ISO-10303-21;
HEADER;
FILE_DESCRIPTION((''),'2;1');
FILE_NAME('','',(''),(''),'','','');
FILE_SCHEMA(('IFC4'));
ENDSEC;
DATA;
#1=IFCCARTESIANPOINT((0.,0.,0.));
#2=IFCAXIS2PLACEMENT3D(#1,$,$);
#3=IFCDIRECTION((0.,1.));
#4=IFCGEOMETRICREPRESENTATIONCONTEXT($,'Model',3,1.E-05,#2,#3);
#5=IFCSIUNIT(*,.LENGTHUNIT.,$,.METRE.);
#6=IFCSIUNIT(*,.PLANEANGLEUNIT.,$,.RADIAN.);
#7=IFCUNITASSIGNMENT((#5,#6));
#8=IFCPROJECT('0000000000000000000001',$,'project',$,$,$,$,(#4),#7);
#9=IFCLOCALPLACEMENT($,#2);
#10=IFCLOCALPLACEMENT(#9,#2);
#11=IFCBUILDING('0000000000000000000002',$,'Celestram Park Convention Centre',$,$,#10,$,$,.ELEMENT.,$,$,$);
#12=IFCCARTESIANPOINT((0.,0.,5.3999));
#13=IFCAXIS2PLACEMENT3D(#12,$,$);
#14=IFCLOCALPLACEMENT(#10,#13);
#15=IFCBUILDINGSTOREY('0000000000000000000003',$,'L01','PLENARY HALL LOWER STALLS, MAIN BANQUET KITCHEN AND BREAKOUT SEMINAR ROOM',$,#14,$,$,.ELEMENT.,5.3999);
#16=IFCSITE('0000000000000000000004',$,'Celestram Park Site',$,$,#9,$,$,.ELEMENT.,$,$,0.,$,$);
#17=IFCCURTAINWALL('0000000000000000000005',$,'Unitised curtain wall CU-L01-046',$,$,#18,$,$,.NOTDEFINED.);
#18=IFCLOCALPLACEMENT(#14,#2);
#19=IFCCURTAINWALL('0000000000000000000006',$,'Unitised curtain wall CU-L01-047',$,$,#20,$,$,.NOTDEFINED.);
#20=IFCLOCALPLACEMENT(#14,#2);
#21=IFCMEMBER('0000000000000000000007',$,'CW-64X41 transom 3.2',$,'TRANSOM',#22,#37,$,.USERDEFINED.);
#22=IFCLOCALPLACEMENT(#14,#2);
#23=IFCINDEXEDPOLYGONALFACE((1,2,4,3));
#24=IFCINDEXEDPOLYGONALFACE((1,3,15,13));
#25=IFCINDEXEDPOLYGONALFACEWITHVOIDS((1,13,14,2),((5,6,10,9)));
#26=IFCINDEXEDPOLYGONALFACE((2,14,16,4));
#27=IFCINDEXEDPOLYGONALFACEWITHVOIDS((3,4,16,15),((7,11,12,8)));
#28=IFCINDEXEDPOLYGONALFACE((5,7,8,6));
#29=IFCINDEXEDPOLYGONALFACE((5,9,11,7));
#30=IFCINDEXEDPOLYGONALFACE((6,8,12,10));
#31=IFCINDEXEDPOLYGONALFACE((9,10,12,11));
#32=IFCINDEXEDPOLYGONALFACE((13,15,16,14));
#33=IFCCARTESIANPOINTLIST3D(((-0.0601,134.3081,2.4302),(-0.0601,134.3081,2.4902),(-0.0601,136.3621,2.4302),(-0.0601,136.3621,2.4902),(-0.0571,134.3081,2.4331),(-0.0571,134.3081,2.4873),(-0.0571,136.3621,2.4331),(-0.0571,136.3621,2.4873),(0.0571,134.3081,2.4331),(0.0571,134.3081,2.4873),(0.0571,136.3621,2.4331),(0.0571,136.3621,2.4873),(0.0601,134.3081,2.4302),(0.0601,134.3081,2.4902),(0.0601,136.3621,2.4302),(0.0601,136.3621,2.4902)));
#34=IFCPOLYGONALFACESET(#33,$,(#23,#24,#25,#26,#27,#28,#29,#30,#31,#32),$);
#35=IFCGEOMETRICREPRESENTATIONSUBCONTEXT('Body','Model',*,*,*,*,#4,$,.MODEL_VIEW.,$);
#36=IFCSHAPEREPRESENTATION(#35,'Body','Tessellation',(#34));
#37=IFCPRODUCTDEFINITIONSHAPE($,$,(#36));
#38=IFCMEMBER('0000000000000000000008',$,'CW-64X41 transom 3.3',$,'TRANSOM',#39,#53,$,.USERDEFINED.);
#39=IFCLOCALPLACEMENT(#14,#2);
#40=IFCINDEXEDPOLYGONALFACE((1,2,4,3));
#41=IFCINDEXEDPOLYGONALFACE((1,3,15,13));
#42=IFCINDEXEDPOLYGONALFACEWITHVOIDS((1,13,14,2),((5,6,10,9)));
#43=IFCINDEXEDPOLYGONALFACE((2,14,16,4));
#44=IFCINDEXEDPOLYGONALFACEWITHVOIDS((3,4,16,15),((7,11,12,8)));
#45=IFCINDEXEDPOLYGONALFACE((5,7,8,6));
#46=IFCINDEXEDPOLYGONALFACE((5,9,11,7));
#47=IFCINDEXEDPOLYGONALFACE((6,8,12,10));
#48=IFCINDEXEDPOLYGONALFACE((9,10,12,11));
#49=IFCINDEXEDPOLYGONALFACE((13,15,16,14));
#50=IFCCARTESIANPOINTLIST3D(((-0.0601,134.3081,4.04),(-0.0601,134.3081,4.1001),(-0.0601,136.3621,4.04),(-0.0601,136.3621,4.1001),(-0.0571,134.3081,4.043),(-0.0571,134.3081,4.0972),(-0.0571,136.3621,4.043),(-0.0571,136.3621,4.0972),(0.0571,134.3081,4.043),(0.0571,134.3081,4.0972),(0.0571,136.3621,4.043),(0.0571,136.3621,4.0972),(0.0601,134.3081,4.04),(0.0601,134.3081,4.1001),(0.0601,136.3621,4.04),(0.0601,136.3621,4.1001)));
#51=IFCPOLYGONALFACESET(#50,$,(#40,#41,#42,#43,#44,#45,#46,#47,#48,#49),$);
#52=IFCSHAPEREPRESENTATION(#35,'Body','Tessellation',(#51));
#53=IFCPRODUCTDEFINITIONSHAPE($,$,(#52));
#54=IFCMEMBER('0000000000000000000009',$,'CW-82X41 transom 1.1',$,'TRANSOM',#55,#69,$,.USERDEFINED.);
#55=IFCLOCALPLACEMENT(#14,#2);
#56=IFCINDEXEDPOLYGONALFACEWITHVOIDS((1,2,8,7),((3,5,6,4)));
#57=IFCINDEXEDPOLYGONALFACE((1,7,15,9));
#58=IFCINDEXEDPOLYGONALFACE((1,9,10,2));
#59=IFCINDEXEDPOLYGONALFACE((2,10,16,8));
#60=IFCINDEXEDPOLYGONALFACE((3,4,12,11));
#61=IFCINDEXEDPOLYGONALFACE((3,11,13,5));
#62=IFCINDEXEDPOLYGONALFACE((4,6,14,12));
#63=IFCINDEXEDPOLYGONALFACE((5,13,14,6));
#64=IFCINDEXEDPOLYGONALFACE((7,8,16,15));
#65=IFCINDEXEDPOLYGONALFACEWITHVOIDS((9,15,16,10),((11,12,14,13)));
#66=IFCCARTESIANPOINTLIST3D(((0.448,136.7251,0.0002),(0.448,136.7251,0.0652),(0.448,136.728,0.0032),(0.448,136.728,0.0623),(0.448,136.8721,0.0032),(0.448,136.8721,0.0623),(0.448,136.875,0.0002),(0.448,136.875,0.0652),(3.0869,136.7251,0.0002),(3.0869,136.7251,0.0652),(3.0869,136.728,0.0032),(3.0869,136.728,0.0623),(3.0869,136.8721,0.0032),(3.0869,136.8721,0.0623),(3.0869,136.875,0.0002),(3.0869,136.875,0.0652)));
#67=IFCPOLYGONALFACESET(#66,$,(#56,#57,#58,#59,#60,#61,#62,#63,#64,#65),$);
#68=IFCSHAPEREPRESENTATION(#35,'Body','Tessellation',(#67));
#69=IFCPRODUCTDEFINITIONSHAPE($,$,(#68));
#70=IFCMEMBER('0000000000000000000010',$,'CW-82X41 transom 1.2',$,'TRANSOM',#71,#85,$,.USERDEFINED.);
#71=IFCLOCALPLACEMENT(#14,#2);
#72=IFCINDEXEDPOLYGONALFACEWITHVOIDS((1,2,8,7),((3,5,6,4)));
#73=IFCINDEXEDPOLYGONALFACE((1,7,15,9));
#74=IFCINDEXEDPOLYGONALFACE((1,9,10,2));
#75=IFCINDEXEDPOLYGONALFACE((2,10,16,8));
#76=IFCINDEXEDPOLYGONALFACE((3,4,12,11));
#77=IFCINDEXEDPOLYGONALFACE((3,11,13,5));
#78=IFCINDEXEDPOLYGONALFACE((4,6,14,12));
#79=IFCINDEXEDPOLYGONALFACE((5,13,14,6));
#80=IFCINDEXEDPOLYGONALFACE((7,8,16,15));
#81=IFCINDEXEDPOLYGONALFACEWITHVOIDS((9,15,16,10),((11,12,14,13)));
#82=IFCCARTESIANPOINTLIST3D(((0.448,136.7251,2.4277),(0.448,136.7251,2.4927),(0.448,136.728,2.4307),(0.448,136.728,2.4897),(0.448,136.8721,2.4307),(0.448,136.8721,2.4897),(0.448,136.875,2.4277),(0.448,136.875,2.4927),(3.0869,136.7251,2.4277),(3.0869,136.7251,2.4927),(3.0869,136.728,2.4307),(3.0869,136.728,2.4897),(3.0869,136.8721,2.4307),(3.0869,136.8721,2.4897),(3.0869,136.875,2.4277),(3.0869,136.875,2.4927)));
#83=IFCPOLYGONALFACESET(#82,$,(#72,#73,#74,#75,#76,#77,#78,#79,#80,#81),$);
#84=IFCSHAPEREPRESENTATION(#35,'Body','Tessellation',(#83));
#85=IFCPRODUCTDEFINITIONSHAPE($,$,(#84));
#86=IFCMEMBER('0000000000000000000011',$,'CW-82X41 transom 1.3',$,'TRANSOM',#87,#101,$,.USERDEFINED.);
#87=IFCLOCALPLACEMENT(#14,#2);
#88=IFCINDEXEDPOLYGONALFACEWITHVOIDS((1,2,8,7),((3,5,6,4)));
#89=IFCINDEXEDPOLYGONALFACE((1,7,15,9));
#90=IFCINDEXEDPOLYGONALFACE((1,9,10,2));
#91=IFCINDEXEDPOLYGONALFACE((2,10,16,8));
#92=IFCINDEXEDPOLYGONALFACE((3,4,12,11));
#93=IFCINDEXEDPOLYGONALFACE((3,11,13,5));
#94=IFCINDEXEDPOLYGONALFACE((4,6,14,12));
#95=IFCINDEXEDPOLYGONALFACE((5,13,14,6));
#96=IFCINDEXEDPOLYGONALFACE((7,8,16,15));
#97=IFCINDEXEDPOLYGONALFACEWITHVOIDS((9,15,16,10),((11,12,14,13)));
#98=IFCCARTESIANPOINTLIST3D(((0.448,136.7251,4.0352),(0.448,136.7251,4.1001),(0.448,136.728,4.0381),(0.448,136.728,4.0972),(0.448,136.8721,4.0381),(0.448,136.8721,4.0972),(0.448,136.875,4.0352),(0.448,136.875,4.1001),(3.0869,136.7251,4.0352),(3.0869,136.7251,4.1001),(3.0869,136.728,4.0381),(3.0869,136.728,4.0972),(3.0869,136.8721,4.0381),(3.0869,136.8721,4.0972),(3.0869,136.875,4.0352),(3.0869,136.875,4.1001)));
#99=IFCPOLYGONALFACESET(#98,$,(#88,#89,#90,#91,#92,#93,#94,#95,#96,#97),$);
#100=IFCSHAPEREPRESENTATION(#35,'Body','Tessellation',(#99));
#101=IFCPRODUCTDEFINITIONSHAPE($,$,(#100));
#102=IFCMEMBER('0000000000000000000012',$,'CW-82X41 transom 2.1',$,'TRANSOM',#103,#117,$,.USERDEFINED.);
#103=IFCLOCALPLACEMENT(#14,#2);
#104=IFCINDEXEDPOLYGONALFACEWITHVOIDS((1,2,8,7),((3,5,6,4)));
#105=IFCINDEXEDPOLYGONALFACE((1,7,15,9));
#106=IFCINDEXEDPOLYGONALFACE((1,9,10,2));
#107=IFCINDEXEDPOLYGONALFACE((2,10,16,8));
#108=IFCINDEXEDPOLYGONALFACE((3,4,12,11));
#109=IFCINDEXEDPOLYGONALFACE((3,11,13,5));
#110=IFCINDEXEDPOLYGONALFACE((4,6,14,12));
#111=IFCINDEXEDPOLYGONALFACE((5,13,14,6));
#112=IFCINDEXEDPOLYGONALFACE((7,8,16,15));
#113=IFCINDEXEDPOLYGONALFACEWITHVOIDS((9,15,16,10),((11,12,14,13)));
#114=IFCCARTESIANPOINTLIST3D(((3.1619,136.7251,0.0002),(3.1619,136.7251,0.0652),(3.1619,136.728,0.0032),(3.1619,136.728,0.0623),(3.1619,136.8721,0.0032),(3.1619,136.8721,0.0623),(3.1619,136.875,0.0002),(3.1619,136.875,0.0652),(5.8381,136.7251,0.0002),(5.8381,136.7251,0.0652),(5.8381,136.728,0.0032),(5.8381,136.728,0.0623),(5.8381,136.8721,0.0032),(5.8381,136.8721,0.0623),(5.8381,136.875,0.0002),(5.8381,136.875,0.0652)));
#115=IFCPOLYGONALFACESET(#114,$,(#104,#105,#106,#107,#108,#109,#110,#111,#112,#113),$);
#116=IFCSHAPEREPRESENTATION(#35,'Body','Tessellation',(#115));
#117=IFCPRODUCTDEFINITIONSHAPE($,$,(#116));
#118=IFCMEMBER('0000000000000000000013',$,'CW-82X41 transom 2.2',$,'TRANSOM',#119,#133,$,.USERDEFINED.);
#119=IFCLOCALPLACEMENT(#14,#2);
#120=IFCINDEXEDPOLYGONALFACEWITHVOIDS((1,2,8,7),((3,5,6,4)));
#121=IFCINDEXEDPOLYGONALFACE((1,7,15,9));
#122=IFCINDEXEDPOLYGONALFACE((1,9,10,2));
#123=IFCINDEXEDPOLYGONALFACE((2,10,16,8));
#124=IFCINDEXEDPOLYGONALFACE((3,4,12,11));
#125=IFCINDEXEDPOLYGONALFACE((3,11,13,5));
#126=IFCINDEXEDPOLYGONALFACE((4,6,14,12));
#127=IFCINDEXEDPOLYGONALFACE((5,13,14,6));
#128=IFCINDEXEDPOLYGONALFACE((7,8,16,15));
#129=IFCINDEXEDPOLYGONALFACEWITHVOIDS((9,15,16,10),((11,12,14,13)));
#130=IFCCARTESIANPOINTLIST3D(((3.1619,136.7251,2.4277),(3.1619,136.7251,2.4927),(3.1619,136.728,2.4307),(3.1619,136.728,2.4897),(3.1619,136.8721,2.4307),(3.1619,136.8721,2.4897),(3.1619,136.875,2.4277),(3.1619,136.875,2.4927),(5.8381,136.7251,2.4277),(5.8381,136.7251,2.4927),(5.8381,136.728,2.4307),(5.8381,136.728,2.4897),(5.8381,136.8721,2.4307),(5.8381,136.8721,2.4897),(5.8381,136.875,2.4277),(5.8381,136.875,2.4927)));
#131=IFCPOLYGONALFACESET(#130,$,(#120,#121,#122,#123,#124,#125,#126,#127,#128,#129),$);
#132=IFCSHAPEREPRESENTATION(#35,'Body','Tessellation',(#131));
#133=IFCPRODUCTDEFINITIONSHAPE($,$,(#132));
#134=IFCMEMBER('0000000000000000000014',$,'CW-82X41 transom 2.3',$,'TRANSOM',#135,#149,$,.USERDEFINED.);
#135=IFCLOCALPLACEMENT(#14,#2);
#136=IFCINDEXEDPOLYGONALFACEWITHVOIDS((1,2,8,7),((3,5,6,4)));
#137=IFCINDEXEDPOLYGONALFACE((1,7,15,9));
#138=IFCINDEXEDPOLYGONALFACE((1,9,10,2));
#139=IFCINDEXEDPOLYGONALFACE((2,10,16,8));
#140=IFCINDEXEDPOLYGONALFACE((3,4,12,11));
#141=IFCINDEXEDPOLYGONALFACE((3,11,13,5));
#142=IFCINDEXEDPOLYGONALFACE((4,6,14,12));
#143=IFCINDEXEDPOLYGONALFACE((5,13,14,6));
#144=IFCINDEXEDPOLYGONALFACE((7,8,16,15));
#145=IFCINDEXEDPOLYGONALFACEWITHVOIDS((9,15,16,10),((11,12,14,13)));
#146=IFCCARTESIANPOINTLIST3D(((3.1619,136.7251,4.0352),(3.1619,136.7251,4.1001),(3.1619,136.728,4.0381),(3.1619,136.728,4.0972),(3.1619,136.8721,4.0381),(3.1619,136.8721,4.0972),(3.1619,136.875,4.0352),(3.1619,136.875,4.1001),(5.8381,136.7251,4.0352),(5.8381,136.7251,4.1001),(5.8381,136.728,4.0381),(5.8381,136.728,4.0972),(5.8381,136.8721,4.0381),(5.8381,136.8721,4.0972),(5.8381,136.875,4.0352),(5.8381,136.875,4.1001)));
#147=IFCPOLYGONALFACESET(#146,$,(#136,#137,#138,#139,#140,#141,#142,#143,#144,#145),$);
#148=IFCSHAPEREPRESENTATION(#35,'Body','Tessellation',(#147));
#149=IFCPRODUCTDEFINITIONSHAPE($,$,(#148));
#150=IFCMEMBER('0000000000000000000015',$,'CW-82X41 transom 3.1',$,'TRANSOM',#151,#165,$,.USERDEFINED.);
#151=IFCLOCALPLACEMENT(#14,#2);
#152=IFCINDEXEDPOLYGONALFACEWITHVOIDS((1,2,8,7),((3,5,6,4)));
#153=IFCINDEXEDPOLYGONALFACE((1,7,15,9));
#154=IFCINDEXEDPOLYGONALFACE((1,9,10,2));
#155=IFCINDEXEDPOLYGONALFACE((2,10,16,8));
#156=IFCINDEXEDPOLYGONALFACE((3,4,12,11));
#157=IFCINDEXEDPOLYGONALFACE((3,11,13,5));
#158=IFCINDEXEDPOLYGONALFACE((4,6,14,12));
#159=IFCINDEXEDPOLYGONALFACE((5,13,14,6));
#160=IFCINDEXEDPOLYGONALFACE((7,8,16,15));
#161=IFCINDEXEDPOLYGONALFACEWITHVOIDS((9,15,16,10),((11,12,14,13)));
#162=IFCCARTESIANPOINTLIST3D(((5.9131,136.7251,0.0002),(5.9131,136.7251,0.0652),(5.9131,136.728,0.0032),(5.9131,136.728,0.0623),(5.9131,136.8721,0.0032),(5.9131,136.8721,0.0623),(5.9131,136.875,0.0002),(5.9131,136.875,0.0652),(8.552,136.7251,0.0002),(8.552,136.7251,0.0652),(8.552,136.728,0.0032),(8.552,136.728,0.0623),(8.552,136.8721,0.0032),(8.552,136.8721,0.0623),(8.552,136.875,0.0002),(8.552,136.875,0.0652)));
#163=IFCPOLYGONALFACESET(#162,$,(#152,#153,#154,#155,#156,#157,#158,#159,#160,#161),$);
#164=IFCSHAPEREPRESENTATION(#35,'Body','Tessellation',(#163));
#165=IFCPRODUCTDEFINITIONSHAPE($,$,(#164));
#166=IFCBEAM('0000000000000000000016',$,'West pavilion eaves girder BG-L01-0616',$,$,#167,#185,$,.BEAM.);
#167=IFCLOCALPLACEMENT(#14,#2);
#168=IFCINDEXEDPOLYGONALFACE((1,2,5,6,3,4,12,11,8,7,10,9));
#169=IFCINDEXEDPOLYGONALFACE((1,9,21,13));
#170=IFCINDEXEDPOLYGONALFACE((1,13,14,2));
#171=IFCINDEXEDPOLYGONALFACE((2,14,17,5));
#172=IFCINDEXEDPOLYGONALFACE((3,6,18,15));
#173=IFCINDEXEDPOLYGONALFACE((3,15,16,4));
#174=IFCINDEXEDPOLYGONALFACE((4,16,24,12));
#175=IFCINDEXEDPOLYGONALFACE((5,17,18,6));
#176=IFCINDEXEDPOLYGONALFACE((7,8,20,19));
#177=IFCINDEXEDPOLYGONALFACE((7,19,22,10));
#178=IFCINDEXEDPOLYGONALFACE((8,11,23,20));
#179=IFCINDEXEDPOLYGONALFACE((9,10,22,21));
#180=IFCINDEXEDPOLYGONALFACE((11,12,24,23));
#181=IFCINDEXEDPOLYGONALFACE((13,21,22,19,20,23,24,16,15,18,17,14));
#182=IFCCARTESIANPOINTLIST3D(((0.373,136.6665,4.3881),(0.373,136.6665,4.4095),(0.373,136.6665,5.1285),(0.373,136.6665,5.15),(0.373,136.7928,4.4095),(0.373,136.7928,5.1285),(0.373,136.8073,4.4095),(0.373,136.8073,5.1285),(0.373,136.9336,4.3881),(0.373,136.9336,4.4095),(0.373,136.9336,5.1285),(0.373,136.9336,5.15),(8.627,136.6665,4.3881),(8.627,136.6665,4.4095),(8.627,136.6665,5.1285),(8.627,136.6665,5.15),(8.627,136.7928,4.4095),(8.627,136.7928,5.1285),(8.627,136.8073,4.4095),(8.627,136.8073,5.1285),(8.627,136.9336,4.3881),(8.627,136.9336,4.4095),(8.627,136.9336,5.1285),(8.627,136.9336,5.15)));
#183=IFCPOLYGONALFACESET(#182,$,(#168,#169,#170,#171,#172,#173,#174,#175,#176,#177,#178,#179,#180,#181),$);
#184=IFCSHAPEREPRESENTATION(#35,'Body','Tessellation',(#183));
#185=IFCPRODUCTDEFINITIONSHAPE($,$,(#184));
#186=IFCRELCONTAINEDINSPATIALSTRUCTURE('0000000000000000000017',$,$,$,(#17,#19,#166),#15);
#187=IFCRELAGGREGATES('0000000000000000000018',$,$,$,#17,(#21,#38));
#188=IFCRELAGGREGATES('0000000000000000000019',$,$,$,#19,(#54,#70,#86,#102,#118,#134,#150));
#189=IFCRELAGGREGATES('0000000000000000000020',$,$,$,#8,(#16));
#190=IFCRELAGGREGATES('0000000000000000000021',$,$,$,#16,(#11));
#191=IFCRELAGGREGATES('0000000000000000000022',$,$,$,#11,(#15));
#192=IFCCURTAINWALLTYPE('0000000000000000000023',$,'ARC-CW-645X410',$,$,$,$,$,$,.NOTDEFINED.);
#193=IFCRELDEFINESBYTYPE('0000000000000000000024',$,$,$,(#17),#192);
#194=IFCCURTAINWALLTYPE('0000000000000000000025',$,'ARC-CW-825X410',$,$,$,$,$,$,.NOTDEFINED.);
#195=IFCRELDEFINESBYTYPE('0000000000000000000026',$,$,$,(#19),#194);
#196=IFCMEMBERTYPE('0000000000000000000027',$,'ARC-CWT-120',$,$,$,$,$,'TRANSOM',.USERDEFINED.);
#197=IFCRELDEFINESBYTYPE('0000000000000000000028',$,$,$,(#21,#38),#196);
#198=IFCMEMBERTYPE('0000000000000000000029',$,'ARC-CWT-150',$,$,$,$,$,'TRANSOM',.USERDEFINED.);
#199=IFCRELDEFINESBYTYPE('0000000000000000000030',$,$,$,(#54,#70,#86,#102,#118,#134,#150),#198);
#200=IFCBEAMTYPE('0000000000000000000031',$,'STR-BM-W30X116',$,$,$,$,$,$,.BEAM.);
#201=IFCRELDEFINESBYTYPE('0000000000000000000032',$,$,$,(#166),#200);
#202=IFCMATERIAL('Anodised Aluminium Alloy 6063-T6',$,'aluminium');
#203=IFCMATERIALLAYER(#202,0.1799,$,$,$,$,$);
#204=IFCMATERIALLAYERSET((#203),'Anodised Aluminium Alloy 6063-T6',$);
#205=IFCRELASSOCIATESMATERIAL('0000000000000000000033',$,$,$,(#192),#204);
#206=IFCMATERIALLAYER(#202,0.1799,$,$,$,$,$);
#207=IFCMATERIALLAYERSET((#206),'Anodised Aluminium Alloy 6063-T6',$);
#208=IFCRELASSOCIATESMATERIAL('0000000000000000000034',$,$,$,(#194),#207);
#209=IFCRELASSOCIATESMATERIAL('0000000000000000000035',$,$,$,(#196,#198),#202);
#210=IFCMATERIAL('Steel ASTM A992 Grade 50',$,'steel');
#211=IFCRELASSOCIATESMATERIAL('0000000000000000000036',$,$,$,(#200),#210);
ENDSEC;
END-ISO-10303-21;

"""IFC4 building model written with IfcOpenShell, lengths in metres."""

from ifc_helpers import new_model, si_unit, direction, frame, origin, origin_2d, place, context, subcontext, project, spatial, hollow_rectangle, i_section, extrude, material, layer, layer_set, material_profile, profile_set, type_object, element, aggregate, save


model = new_model("IFC4")

# Units and contexts
model_context = context("Model", 3, precision=1e-05, world=origin(), true_north=direction((0.0, 1.0)))
body_context = subcontext(model_context, "Body", "Model", "MODEL_VIEW")
ifc_project = project(units=[si_unit("LENGTHUNIT", "METRE"), si_unit("PLANEANGLEUNIT", "RADIAN")], contexts=[model_context])

# Site, building, storey
site_placement = place(None, origin())
site = spatial("IfcSite", under=ifc_project, at=site_placement, Name="Celestram Park Site", CompositionType="ELEMENT", RefElevation=0.0)
building_placement = place(site_placement, origin())
building = spatial("IfcBuilding", under=site, at=building_placement, Name="Celestram Park Convention Centre", CompositionType="ELEMENT")
storey_placement = place(building_placement, frame((0.0, 0.0, 5.3999)))
storey = spatial("IfcBuildingStorey", under=building, at=storey_placement, Name="L01", Description="PLENARY HALL LOWER STALLS, MAIN BANQUET KITCHEN AND BREAKOUT SEMINAR ROOM", CompositionType="ELEMENT", Elevation=5.3999)

# Curtain walls
ifc_material_1 = material(Name="Anodised Aluminium Alloy 6063-T6", Category="aluminium")
ifc_layer_1 = layer(ifc_material_1, 0.1799)
ifc_layer_set_1 = layer_set([ifc_layer_1], Name="Anodised Aluminium Alloy 6063-T6")
curtain_wall_type_1 = type_object("IfcCurtainWallType", Name="ARC-CW-645X410", PredefinedType="NOTDEFINED", material=ifc_layer_set_1)
curtain_wall_1_placement = place(storey_placement, origin())
curtain_wall_1 = element("IfcCurtainWall", 1, at=curtain_wall_1_placement, inside=storey, type_object=curtain_wall_type_1, Name="Unitised curtain wall CU-L01-046", PredefinedType="NOTDEFINED")
ifc_layer_2 = layer(ifc_material_1, 0.1799)
ifc_layer_set_2 = layer_set([ifc_layer_2], Name="Anodised Aluminium Alloy 6063-T6")
curtain_wall_type_2 = type_object("IfcCurtainWallType", Name="ARC-CW-825X410", PredefinedType="NOTDEFINED", material=ifc_layer_set_2)
curtain_wall_2_placement = place(storey_placement, origin())
curtain_wall_2 = element("IfcCurtainWall", 2, at=curtain_wall_2_placement, inside=storey, type_object=curtain_wall_type_2, Name="Unitised curtain wall CU-L01-047", PredefinedType="NOTDEFINED")

# Members
ifc_material_profile_1 = material_profile(ifc_material_1, hollow_rectangle(XDim=0.1201, YDim=0.0601, WallThickness=0.0029, at=origin_2d()), Name="ALU120X60X3")
ifc_profile_set_1 = profile_set([ifc_material_profile_1], Name="Anodised Aluminium Alloy 6063-T6")
member_type_1 = type_object("IfcMemberType", Name="ARC-CWT-120", ElementType="TRANSOM", PredefinedType="USERDEFINED", material=ifc_profile_set_1)
member_1_placement = place(storey_placement, frame((0.0, 134.3081, 2.4602), z_axis=(0.0, 1.0, 0.0), x_axis=(-1.0, 0.0, 0.0)))
member_1 = element("IfcMember", 3, at=member_1_placement, type_object=member_type_1, Name="CW-64X41 transom 3.2", ObjectType="TRANSOM", PredefinedType="USERDEFINED", context=body_context, shape_type="SweptSolid", body=[
    extrude(hollow_rectangle(XDim=0.1201, YDim=0.0601, WallThickness=0.0029, at=origin_2d()), origin(), (0.0, 0.0, 1.0), 2.054),
])
member_2_placement = place(storey_placement, frame((0.0, 134.3081, 4.0701), z_axis=(0.0, 1.0, 0.0), x_axis=(-1.0, 0.0, 0.0)))
member_2 = element("IfcMember", 4, at=member_2_placement, type_object=member_type_1, Name="CW-64X41 transom 3.3", ObjectType="TRANSOM", PredefinedType="USERDEFINED", context=body_context, shape_type="SweptSolid", body=[
    extrude(hollow_rectangle(XDim=0.1201, YDim=0.0601, WallThickness=0.0029, at=origin_2d()), origin(), (0.0, 0.0, 1.0), 2.054),
])
ifc_material_profile_2 = material_profile(ifc_material_1, hollow_rectangle(XDim=0.1499, YDim=0.0649, WallThickness=0.0029, at=origin_2d()), Name="ALU150X65X3")
ifc_profile_set_2 = profile_set([ifc_material_profile_2], Name="Anodised Aluminium Alloy 6063-T6")
member_type_2 = type_object("IfcMemberType", Name="ARC-CWT-150", ElementType="TRANSOM", PredefinedType="USERDEFINED", material=ifc_profile_set_2)
member_3_placement = place(storey_placement, frame((0.448, 136.8, 0.0327), z_axis=(1.0, 0.0, 0.0), x_axis=(0.0, 1.0, 0.0)))
member_3 = element("IfcMember", 5, at=member_3_placement, type_object=member_type_2, Name="CW-82X41 transom 1.1", ObjectType="TRANSOM", PredefinedType="USERDEFINED", context=body_context, shape_type="SweptSolid", body=[
    extrude(hollow_rectangle(XDim=0.1499, YDim=0.0649, WallThickness=0.0029, at=origin_2d()), origin(), (0.0, 0.0, 1.0), 2.6389),
])
member_4_placement = place(storey_placement, frame((0.448, 136.8, 2.4602), z_axis=(1.0, 0.0, 0.0), x_axis=(0.0, 1.0, 0.0)))
member_4 = element("IfcMember", 6, at=member_4_placement, type_object=member_type_2, Name="CW-82X41 transom 1.2", ObjectType="TRANSOM", PredefinedType="USERDEFINED", context=body_context, shape_type="SweptSolid", body=[
    extrude(hollow_rectangle(XDim=0.1499, YDim=0.0649, WallThickness=0.0029, at=origin_2d()), origin(), (0.0, 0.0, 1.0), 2.6389),
])
member_5_placement = place(storey_placement, frame((0.448, 136.8, 4.0676), z_axis=(1.0, 0.0, 0.0), x_axis=(0.0, 1.0, 0.0)))
member_5 = element("IfcMember", 7, at=member_5_placement, type_object=member_type_2, Name="CW-82X41 transom 1.3", ObjectType="TRANSOM", PredefinedType="USERDEFINED", context=body_context, shape_type="SweptSolid", body=[
    extrude(hollow_rectangle(XDim=0.1499, YDim=0.0649, WallThickness=0.0029, at=origin_2d()), origin(), (0.0, 0.0, 1.0), 2.6389),
])
member_6_placement = place(storey_placement, frame((3.1619, 136.8, 0.0327), z_axis=(1.0, 0.0, 0.0), x_axis=(0.0, 1.0, 0.0)))
member_6 = element("IfcMember", 8, at=member_6_placement, type_object=member_type_2, Name="CW-82X41 transom 2.1", ObjectType="TRANSOM", PredefinedType="USERDEFINED", context=body_context, shape_type="SweptSolid", body=[
    extrude(hollow_rectangle(XDim=0.1499, YDim=0.0649, WallThickness=0.0029, at=origin_2d()), origin(), (0.0, 0.0, 1.0), 2.6763),
])
member_7_placement = place(storey_placement, frame((3.1619, 136.8, 2.4602), z_axis=(1.0, 0.0, 0.0), x_axis=(0.0, 1.0, 0.0)))
member_7 = element("IfcMember", 9, at=member_7_placement, type_object=member_type_2, Name="CW-82X41 transom 2.2", ObjectType="TRANSOM", PredefinedType="USERDEFINED", context=body_context, shape_type="SweptSolid", body=[
    extrude(hollow_rectangle(XDim=0.1499, YDim=0.0649, WallThickness=0.0029, at=origin_2d()), origin(), (0.0, 0.0, 1.0), 2.6763),
])
member_8_placement = place(storey_placement, frame((3.1619, 136.8, 4.0676), z_axis=(1.0, 0.0, 0.0), x_axis=(0.0, 1.0, 0.0)))
member_8 = element("IfcMember", 10, at=member_8_placement, type_object=member_type_2, Name="CW-82X41 transom 2.3", ObjectType="TRANSOM", PredefinedType="USERDEFINED", context=body_context, shape_type="SweptSolid", body=[
    extrude(hollow_rectangle(XDim=0.1499, YDim=0.0649, WallThickness=0.0029, at=origin_2d()), origin(), (0.0, 0.0, 1.0), 2.6763),
])
member_9_placement = place(storey_placement, frame((5.9131, 136.8, 0.0327), z_axis=(1.0, 0.0, 0.0), x_axis=(0.0, 1.0, 0.0)))
member_9 = element("IfcMember", 11, at=member_9_placement, type_object=member_type_2, Name="CW-82X41 transom 3.1", ObjectType="TRANSOM", PredefinedType="USERDEFINED", context=body_context, shape_type="SweptSolid", body=[
    extrude(hollow_rectangle(XDim=0.1499, YDim=0.0649, WallThickness=0.0029, at=origin_2d()), origin(), (0.0, 0.0, 1.0), 2.6389),
])

# Beam
ifc_material_2 = material(Name="Steel ASTM A992 Grade 50", Category="steel")
ifc_material_profile_3 = material_profile(ifc_material_2, i_section(OverallWidth=0.2671, OverallDepth=0.762, WebThickness=0.0144, FlangeThickness=0.0215, at=origin_2d()), Name="W30X116")
ifc_profile_set_3 = profile_set([ifc_material_profile_3], Name="Steel ASTM A992 Grade 50")
beam_type_1 = type_object("IfcBeamType", Name="STR-BM-W30X116", PredefinedType="BEAM", material=ifc_profile_set_3)
beam_1_placement = place(storey_placement, frame((0.373, 136.8, 4.769), z_axis=(1.0, 0.0, 0.0), x_axis=(0.0, 1.0, 0.0)))
element("IfcBeam", 12, at=beam_1_placement, inside=storey, type_object=beam_type_1, Name="West pavilion eaves girder BG-L01-0616", PredefinedType="BEAM", context=body_context, shape_type="SweptSolid", body=[
    extrude(i_section(OverallWidth=0.2671, OverallDepth=0.762, WebThickness=0.0144, FlangeThickness=0.0215, at=origin_2d()), origin(), (0.0, 0.0, 1.0), 8.2539),
])

aggregate(curtain_wall_1, [member_1, member_2])
aggregate(curtain_wall_2, [member_3, member_4, member_5, member_6, member_7, member_8, member_9])

save(model, "model.ifc")
